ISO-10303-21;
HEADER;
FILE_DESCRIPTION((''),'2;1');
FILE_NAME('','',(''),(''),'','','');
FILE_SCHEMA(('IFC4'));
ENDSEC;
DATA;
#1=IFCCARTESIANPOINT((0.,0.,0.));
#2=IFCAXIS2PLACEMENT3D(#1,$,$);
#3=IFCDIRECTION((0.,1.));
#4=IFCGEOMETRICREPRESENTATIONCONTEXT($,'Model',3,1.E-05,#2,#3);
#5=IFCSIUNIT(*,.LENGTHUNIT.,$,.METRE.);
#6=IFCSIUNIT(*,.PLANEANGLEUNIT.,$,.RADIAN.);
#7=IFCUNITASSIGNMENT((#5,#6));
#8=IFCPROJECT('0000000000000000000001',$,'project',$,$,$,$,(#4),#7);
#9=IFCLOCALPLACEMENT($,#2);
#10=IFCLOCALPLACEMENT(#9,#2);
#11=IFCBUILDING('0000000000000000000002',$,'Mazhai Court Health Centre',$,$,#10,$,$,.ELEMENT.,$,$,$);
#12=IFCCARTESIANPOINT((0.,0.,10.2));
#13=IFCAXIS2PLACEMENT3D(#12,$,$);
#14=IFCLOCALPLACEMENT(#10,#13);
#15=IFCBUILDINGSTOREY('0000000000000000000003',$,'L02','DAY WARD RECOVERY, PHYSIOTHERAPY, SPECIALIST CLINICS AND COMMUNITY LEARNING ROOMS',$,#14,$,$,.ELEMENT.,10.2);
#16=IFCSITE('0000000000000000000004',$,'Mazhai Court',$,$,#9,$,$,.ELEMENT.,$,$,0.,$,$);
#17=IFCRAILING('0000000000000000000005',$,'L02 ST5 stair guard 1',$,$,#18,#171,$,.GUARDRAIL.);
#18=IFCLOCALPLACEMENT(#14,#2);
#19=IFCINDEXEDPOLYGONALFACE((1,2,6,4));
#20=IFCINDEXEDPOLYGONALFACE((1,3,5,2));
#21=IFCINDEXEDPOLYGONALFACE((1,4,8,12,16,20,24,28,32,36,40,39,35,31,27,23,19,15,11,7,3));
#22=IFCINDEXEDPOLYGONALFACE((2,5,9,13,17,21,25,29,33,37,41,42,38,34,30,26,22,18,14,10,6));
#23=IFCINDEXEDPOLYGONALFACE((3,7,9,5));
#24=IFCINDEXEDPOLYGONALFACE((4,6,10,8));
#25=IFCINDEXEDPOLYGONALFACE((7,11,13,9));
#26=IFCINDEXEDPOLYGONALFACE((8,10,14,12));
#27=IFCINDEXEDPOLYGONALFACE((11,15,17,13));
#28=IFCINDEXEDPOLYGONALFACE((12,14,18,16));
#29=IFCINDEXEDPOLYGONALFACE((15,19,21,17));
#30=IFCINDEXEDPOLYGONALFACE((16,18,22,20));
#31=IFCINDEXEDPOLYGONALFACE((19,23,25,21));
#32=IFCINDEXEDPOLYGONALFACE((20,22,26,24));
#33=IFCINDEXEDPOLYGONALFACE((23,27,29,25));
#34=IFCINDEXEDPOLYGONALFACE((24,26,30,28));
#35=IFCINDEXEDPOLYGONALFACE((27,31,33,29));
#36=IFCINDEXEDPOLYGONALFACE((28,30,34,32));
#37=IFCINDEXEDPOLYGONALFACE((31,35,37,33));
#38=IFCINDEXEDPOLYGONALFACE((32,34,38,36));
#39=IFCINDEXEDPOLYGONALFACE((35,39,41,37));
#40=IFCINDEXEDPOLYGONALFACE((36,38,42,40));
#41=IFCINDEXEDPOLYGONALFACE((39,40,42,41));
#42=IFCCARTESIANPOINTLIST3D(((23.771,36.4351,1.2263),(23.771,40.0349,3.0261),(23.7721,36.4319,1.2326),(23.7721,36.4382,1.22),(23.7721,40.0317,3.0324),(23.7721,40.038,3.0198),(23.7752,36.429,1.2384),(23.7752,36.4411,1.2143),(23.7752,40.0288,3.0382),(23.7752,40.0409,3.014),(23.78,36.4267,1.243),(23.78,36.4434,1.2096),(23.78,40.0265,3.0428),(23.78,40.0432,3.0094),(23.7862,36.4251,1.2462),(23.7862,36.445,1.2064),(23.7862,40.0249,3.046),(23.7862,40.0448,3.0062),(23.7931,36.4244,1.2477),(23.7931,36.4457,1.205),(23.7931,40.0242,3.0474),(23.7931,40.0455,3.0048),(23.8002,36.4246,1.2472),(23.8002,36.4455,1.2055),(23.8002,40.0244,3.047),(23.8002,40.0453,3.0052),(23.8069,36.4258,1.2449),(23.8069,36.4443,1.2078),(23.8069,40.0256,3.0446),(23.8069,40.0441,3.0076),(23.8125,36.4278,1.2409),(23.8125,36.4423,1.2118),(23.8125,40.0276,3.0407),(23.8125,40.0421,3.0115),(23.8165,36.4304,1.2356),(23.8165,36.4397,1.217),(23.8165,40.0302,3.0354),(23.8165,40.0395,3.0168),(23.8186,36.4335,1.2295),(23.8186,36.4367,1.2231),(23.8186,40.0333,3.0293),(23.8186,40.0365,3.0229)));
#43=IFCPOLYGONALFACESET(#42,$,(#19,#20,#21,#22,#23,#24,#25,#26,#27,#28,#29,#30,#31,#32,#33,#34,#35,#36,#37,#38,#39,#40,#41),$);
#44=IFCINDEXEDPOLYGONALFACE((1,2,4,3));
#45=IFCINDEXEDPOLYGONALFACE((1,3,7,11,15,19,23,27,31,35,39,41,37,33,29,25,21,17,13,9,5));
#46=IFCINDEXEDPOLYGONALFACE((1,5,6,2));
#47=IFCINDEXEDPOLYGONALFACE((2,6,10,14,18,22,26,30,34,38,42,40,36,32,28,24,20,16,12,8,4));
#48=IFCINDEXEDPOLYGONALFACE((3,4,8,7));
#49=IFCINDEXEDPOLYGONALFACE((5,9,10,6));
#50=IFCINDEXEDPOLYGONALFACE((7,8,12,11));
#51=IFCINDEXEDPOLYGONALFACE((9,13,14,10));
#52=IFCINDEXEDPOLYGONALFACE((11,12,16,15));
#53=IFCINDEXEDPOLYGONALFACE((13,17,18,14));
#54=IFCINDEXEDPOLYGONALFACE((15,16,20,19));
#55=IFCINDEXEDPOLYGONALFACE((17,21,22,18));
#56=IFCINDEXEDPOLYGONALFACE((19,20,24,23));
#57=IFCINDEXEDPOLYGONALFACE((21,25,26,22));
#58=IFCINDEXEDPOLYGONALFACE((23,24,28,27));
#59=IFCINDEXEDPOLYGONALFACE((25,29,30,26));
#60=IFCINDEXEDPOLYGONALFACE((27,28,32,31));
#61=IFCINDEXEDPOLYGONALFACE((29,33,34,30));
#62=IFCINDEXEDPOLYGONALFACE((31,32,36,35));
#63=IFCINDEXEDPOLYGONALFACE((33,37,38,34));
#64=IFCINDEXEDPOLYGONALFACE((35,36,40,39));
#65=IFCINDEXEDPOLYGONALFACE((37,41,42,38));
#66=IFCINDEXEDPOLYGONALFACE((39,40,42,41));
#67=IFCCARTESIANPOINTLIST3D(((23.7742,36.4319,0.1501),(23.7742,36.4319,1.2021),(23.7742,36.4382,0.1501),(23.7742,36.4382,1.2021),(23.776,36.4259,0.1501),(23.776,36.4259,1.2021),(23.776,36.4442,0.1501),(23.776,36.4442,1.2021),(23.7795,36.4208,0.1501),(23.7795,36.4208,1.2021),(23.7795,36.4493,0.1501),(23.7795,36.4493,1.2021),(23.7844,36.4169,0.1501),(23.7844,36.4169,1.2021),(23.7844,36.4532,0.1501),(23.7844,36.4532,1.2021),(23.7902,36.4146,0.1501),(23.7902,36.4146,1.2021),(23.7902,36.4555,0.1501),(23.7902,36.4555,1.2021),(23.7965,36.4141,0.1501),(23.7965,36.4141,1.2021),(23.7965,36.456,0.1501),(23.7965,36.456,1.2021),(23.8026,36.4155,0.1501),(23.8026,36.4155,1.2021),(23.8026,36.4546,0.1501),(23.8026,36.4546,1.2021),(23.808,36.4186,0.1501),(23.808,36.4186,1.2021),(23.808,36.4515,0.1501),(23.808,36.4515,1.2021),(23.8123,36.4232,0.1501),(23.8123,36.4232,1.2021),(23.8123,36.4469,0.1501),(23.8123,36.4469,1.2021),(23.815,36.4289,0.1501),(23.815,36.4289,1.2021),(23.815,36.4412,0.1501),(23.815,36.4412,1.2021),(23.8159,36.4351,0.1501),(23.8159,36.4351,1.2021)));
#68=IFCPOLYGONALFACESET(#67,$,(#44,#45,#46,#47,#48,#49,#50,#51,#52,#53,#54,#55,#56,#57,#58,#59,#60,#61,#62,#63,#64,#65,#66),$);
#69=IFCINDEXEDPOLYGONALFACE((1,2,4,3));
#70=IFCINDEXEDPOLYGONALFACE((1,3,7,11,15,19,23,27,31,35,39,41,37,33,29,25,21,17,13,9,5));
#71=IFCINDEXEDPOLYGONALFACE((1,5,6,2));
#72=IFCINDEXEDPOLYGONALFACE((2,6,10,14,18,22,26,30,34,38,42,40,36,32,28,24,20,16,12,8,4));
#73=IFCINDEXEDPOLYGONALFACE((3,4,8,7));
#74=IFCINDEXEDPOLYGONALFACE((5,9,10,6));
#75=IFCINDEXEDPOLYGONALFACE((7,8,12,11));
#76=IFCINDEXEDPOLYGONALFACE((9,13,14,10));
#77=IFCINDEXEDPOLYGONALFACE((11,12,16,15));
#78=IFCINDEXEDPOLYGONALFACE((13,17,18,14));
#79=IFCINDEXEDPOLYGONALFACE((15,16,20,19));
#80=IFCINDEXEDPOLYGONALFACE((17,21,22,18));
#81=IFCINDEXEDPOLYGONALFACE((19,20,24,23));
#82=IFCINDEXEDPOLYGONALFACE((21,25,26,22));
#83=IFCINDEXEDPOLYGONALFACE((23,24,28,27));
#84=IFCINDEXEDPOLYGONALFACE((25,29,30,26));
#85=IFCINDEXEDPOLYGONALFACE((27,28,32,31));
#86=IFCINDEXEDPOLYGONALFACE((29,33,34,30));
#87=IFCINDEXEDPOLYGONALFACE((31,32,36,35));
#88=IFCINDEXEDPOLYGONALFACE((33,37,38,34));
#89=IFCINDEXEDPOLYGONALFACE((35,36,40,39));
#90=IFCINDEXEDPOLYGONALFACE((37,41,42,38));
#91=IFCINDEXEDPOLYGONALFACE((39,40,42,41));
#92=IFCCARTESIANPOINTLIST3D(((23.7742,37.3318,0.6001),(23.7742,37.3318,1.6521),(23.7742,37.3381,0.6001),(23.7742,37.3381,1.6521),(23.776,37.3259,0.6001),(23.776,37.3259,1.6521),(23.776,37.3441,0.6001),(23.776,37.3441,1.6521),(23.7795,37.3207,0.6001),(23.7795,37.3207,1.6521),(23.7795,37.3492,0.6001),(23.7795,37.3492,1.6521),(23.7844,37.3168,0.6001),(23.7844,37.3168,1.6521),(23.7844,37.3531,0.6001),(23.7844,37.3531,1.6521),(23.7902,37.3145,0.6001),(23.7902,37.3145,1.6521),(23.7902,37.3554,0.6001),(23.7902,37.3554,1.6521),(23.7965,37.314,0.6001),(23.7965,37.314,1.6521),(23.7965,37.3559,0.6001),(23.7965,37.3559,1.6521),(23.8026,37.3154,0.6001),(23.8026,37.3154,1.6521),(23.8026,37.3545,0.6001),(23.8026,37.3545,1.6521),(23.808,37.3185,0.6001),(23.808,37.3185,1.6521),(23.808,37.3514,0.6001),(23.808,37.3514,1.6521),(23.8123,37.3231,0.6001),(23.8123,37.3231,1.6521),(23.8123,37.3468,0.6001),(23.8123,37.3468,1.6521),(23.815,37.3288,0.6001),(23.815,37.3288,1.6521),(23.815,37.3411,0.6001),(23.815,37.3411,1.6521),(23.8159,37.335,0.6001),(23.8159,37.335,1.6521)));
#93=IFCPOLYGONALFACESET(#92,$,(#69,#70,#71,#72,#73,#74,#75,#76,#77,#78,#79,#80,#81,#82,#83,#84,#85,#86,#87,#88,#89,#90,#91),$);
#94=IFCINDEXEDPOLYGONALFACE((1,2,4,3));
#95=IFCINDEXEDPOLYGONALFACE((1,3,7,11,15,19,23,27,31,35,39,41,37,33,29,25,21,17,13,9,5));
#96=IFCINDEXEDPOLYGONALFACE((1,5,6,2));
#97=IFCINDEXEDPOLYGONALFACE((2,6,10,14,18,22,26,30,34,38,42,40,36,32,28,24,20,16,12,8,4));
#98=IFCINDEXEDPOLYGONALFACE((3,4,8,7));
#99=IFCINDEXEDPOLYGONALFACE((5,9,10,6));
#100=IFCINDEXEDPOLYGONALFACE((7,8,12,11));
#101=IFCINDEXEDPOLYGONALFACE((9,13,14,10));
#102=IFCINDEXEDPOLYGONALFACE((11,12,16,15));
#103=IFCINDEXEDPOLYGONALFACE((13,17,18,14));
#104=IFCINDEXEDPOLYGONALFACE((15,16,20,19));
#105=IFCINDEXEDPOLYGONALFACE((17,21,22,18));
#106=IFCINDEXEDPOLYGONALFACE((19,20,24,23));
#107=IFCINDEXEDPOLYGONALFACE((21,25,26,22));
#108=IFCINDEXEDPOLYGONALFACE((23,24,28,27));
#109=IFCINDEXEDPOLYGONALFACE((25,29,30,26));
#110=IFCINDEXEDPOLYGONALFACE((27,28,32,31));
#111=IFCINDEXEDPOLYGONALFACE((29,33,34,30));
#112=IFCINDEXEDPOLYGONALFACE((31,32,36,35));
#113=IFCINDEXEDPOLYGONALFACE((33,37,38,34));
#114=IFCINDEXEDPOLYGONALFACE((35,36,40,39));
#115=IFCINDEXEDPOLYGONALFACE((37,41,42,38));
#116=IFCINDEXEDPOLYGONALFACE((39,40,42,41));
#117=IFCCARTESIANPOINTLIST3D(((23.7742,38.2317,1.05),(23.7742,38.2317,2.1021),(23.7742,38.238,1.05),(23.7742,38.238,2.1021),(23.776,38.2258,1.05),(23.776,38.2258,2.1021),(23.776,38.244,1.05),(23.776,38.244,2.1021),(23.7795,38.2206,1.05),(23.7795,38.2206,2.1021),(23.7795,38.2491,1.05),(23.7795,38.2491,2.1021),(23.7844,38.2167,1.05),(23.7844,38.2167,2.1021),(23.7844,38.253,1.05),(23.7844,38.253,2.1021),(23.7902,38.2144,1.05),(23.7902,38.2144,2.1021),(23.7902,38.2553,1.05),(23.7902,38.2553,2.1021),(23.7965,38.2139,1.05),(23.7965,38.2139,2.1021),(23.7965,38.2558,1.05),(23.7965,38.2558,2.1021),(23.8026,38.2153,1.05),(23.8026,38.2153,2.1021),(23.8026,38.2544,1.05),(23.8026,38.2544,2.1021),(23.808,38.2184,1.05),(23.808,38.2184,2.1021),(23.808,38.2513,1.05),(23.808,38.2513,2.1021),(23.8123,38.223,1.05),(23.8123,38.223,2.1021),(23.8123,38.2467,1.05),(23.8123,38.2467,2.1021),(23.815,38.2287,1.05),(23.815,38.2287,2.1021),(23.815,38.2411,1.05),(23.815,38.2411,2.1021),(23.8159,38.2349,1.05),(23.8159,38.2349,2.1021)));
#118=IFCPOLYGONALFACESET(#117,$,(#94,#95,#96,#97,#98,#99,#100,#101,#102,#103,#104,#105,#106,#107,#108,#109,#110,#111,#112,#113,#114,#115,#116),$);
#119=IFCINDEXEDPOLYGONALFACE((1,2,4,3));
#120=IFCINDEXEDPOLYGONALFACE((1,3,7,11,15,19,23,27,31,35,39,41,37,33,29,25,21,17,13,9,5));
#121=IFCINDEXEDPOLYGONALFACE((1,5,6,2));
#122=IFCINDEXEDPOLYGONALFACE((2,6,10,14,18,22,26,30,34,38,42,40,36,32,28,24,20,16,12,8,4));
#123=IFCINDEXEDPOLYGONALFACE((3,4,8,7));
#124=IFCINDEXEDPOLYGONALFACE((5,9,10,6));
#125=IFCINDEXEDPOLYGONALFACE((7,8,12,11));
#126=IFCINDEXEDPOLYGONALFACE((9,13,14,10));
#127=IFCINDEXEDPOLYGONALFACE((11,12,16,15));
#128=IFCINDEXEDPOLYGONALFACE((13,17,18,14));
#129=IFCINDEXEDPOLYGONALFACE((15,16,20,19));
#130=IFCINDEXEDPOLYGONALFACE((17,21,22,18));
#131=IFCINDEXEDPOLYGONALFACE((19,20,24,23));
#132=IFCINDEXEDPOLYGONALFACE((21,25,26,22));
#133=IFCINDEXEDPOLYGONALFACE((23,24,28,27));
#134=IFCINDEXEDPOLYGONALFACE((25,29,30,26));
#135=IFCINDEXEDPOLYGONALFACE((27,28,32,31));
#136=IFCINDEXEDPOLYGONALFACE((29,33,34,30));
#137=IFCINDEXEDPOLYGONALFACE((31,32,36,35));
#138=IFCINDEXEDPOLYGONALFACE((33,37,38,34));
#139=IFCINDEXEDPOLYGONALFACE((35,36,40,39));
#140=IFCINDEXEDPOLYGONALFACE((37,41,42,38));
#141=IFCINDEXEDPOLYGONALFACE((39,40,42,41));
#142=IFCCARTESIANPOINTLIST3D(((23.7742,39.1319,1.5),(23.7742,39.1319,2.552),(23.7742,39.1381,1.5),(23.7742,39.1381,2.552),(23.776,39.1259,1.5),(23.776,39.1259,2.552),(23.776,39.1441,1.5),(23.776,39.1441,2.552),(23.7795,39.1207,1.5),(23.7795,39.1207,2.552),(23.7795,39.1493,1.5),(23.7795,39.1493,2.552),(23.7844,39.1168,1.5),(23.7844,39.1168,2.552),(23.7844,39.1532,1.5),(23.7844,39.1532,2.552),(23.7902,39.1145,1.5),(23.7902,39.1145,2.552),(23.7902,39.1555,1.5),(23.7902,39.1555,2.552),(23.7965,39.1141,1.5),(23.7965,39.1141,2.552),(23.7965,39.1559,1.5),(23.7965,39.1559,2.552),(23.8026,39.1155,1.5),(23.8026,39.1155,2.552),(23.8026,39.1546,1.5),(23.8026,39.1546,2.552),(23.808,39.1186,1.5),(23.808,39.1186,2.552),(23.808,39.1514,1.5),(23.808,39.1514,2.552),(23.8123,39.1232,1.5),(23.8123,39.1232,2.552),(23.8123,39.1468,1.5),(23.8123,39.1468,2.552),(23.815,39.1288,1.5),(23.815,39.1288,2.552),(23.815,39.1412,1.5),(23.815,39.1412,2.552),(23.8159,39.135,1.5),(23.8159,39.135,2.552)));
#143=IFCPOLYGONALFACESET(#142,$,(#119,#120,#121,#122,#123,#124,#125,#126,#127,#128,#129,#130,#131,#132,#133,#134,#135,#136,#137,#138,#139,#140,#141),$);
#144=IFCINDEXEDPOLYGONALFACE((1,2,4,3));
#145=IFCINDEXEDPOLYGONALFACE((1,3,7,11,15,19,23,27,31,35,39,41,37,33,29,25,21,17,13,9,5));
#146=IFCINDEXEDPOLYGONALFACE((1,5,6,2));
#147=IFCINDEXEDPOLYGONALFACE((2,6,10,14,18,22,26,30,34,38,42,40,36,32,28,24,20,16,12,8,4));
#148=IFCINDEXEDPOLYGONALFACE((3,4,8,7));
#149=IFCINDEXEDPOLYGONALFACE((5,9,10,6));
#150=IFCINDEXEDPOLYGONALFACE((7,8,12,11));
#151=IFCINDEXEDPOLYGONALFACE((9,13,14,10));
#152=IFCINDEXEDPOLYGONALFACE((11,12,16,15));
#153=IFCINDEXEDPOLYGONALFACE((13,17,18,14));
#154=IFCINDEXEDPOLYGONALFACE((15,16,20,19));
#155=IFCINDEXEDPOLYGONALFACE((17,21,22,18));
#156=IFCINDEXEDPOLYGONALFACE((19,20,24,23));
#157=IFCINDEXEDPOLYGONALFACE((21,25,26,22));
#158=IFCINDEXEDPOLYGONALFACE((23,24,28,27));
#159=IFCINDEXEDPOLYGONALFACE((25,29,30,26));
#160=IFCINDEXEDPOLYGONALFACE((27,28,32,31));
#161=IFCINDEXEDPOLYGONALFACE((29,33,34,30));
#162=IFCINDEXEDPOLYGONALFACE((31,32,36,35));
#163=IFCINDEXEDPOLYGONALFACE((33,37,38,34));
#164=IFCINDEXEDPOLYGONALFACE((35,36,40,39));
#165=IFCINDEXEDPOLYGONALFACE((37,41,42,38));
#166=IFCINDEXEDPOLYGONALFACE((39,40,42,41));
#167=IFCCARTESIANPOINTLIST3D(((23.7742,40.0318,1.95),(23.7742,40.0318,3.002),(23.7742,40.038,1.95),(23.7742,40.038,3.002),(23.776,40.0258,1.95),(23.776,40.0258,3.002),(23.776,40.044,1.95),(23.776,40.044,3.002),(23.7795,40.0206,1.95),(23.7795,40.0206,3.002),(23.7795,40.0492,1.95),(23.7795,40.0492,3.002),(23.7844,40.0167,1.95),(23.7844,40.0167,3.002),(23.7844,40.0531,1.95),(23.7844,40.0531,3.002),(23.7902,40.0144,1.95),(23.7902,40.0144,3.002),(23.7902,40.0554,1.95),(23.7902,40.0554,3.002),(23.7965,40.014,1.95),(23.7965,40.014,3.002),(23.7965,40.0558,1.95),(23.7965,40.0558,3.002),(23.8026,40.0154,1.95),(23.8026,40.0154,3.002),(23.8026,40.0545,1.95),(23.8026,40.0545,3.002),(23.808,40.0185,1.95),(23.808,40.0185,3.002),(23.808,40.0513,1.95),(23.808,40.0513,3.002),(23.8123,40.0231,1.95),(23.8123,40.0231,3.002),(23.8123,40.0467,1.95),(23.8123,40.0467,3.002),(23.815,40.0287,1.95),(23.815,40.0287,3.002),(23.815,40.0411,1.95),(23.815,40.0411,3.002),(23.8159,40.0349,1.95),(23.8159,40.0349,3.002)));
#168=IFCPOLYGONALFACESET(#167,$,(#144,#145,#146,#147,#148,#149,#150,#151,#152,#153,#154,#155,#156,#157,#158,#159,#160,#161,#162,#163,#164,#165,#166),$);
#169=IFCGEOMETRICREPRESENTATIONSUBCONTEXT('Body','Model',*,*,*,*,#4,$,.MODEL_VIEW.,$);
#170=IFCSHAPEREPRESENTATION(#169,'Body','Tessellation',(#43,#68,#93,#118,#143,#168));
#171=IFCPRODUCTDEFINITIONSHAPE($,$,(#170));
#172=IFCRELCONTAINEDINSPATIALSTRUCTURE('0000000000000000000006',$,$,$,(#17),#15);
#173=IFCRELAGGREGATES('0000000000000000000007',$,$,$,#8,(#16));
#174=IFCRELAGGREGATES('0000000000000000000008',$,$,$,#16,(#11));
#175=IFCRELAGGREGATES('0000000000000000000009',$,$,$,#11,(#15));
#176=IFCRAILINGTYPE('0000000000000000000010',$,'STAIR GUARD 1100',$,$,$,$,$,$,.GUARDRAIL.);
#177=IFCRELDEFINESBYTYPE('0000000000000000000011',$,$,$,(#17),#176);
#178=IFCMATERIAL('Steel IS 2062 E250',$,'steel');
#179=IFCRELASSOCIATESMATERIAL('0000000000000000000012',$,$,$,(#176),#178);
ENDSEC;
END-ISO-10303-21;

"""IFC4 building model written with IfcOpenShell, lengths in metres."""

from ifc_helpers import new_model, si_unit, direction, frame, origin, origin_2d, place, context, subcontext, project, spatial, circle, extrude, material, type_object, element, save


model = new_model("IFC4")

# Units and contexts
model_context = context("Model", 3, precision=1e-05, world=origin(), true_north=direction((0.0, 1.0)))
body_context = subcontext(model_context, "Body", "Model", "MODEL_VIEW")
ifc_project = project(units=[si_unit("LENGTHUNIT", "METRE"), si_unit("PLANEANGLEUNIT", "RADIAN")], contexts=[model_context])

# Site, building, storey
site_placement = place(None, origin())
site = spatial("IfcSite", under=ifc_project, at=site_placement, Name="Mazhai Court", CompositionType="ELEMENT", RefElevation=0.0)
building_placement = place(site_placement, origin())
building = spatial("IfcBuilding", under=site, at=building_placement, Name="Mazhai Court Health Centre", CompositionType="ELEMENT")
storey_placement = place(building_placement, frame((0.0, 0.0, 10.2)))
storey = spatial("IfcBuildingStorey", under=building, at=storey_placement, Name="L02", Description="DAY WARD RECOVERY, PHYSIOTHERAPY, SPECIALIST CLINICS AND COMMUNITY LEARNING ROOMS", CompositionType="ELEMENT", Elevation=10.2)

# Railing
ifc_material_1 = material(Name="Steel IS 2062 E250", Category="steel")
railing_type_1 = type_object("IfcRailingType", Name="STAIR GUARD 1100", PredefinedType="GUARDRAIL", material=ifc_material_1)
railing_1_placement = place(storey_placement, frame((23.7949, 36.4351, 0.1501)))
element("IfcRailing", 1, at=railing_1_placement, inside=storey, type_object=railing_type_1, Name="L02 ST5 stair guard 1", PredefinedType="GUARDRAIL", context=body_context, shape_type="SweptSolid", body=[
    extrude(circle(Radius=0.0239, at=origin_2d()), frame((0.0, 0.0, 1.0762), z_axis=(0.0, 0.894439, 0.447189), x_axis=(-1.0, 0.0, 0.0)), (0.0, 0.0, 1.0), 4.0247),
    extrude(circle(Radius=0.021, at=origin_2d()), origin(), (0.0, 0.0, 1.0), 1.052),
    extrude(circle(Radius=0.021, at=origin_2d()), frame((0.0, 0.8999, 0.45)), (0.0, 0.0, 1.0), 1.052),
    extrude(circle(Radius=0.021, at=origin_2d()), frame((0.0, 1.7998, 0.8999)), (0.0, 0.0, 1.0), 1.052),
    extrude(circle(Radius=0.021, at=origin_2d()), frame((0.0, 2.7, 1.3499)), (0.0, 0.0, 1.0), 1.052),
    extrude(circle(Radius=0.021, at=origin_2d()), frame((0.0, 3.5999, 1.7998)), (0.0, 0.0, 1.0), 1.052),
])

save(model, "model.ifc")
